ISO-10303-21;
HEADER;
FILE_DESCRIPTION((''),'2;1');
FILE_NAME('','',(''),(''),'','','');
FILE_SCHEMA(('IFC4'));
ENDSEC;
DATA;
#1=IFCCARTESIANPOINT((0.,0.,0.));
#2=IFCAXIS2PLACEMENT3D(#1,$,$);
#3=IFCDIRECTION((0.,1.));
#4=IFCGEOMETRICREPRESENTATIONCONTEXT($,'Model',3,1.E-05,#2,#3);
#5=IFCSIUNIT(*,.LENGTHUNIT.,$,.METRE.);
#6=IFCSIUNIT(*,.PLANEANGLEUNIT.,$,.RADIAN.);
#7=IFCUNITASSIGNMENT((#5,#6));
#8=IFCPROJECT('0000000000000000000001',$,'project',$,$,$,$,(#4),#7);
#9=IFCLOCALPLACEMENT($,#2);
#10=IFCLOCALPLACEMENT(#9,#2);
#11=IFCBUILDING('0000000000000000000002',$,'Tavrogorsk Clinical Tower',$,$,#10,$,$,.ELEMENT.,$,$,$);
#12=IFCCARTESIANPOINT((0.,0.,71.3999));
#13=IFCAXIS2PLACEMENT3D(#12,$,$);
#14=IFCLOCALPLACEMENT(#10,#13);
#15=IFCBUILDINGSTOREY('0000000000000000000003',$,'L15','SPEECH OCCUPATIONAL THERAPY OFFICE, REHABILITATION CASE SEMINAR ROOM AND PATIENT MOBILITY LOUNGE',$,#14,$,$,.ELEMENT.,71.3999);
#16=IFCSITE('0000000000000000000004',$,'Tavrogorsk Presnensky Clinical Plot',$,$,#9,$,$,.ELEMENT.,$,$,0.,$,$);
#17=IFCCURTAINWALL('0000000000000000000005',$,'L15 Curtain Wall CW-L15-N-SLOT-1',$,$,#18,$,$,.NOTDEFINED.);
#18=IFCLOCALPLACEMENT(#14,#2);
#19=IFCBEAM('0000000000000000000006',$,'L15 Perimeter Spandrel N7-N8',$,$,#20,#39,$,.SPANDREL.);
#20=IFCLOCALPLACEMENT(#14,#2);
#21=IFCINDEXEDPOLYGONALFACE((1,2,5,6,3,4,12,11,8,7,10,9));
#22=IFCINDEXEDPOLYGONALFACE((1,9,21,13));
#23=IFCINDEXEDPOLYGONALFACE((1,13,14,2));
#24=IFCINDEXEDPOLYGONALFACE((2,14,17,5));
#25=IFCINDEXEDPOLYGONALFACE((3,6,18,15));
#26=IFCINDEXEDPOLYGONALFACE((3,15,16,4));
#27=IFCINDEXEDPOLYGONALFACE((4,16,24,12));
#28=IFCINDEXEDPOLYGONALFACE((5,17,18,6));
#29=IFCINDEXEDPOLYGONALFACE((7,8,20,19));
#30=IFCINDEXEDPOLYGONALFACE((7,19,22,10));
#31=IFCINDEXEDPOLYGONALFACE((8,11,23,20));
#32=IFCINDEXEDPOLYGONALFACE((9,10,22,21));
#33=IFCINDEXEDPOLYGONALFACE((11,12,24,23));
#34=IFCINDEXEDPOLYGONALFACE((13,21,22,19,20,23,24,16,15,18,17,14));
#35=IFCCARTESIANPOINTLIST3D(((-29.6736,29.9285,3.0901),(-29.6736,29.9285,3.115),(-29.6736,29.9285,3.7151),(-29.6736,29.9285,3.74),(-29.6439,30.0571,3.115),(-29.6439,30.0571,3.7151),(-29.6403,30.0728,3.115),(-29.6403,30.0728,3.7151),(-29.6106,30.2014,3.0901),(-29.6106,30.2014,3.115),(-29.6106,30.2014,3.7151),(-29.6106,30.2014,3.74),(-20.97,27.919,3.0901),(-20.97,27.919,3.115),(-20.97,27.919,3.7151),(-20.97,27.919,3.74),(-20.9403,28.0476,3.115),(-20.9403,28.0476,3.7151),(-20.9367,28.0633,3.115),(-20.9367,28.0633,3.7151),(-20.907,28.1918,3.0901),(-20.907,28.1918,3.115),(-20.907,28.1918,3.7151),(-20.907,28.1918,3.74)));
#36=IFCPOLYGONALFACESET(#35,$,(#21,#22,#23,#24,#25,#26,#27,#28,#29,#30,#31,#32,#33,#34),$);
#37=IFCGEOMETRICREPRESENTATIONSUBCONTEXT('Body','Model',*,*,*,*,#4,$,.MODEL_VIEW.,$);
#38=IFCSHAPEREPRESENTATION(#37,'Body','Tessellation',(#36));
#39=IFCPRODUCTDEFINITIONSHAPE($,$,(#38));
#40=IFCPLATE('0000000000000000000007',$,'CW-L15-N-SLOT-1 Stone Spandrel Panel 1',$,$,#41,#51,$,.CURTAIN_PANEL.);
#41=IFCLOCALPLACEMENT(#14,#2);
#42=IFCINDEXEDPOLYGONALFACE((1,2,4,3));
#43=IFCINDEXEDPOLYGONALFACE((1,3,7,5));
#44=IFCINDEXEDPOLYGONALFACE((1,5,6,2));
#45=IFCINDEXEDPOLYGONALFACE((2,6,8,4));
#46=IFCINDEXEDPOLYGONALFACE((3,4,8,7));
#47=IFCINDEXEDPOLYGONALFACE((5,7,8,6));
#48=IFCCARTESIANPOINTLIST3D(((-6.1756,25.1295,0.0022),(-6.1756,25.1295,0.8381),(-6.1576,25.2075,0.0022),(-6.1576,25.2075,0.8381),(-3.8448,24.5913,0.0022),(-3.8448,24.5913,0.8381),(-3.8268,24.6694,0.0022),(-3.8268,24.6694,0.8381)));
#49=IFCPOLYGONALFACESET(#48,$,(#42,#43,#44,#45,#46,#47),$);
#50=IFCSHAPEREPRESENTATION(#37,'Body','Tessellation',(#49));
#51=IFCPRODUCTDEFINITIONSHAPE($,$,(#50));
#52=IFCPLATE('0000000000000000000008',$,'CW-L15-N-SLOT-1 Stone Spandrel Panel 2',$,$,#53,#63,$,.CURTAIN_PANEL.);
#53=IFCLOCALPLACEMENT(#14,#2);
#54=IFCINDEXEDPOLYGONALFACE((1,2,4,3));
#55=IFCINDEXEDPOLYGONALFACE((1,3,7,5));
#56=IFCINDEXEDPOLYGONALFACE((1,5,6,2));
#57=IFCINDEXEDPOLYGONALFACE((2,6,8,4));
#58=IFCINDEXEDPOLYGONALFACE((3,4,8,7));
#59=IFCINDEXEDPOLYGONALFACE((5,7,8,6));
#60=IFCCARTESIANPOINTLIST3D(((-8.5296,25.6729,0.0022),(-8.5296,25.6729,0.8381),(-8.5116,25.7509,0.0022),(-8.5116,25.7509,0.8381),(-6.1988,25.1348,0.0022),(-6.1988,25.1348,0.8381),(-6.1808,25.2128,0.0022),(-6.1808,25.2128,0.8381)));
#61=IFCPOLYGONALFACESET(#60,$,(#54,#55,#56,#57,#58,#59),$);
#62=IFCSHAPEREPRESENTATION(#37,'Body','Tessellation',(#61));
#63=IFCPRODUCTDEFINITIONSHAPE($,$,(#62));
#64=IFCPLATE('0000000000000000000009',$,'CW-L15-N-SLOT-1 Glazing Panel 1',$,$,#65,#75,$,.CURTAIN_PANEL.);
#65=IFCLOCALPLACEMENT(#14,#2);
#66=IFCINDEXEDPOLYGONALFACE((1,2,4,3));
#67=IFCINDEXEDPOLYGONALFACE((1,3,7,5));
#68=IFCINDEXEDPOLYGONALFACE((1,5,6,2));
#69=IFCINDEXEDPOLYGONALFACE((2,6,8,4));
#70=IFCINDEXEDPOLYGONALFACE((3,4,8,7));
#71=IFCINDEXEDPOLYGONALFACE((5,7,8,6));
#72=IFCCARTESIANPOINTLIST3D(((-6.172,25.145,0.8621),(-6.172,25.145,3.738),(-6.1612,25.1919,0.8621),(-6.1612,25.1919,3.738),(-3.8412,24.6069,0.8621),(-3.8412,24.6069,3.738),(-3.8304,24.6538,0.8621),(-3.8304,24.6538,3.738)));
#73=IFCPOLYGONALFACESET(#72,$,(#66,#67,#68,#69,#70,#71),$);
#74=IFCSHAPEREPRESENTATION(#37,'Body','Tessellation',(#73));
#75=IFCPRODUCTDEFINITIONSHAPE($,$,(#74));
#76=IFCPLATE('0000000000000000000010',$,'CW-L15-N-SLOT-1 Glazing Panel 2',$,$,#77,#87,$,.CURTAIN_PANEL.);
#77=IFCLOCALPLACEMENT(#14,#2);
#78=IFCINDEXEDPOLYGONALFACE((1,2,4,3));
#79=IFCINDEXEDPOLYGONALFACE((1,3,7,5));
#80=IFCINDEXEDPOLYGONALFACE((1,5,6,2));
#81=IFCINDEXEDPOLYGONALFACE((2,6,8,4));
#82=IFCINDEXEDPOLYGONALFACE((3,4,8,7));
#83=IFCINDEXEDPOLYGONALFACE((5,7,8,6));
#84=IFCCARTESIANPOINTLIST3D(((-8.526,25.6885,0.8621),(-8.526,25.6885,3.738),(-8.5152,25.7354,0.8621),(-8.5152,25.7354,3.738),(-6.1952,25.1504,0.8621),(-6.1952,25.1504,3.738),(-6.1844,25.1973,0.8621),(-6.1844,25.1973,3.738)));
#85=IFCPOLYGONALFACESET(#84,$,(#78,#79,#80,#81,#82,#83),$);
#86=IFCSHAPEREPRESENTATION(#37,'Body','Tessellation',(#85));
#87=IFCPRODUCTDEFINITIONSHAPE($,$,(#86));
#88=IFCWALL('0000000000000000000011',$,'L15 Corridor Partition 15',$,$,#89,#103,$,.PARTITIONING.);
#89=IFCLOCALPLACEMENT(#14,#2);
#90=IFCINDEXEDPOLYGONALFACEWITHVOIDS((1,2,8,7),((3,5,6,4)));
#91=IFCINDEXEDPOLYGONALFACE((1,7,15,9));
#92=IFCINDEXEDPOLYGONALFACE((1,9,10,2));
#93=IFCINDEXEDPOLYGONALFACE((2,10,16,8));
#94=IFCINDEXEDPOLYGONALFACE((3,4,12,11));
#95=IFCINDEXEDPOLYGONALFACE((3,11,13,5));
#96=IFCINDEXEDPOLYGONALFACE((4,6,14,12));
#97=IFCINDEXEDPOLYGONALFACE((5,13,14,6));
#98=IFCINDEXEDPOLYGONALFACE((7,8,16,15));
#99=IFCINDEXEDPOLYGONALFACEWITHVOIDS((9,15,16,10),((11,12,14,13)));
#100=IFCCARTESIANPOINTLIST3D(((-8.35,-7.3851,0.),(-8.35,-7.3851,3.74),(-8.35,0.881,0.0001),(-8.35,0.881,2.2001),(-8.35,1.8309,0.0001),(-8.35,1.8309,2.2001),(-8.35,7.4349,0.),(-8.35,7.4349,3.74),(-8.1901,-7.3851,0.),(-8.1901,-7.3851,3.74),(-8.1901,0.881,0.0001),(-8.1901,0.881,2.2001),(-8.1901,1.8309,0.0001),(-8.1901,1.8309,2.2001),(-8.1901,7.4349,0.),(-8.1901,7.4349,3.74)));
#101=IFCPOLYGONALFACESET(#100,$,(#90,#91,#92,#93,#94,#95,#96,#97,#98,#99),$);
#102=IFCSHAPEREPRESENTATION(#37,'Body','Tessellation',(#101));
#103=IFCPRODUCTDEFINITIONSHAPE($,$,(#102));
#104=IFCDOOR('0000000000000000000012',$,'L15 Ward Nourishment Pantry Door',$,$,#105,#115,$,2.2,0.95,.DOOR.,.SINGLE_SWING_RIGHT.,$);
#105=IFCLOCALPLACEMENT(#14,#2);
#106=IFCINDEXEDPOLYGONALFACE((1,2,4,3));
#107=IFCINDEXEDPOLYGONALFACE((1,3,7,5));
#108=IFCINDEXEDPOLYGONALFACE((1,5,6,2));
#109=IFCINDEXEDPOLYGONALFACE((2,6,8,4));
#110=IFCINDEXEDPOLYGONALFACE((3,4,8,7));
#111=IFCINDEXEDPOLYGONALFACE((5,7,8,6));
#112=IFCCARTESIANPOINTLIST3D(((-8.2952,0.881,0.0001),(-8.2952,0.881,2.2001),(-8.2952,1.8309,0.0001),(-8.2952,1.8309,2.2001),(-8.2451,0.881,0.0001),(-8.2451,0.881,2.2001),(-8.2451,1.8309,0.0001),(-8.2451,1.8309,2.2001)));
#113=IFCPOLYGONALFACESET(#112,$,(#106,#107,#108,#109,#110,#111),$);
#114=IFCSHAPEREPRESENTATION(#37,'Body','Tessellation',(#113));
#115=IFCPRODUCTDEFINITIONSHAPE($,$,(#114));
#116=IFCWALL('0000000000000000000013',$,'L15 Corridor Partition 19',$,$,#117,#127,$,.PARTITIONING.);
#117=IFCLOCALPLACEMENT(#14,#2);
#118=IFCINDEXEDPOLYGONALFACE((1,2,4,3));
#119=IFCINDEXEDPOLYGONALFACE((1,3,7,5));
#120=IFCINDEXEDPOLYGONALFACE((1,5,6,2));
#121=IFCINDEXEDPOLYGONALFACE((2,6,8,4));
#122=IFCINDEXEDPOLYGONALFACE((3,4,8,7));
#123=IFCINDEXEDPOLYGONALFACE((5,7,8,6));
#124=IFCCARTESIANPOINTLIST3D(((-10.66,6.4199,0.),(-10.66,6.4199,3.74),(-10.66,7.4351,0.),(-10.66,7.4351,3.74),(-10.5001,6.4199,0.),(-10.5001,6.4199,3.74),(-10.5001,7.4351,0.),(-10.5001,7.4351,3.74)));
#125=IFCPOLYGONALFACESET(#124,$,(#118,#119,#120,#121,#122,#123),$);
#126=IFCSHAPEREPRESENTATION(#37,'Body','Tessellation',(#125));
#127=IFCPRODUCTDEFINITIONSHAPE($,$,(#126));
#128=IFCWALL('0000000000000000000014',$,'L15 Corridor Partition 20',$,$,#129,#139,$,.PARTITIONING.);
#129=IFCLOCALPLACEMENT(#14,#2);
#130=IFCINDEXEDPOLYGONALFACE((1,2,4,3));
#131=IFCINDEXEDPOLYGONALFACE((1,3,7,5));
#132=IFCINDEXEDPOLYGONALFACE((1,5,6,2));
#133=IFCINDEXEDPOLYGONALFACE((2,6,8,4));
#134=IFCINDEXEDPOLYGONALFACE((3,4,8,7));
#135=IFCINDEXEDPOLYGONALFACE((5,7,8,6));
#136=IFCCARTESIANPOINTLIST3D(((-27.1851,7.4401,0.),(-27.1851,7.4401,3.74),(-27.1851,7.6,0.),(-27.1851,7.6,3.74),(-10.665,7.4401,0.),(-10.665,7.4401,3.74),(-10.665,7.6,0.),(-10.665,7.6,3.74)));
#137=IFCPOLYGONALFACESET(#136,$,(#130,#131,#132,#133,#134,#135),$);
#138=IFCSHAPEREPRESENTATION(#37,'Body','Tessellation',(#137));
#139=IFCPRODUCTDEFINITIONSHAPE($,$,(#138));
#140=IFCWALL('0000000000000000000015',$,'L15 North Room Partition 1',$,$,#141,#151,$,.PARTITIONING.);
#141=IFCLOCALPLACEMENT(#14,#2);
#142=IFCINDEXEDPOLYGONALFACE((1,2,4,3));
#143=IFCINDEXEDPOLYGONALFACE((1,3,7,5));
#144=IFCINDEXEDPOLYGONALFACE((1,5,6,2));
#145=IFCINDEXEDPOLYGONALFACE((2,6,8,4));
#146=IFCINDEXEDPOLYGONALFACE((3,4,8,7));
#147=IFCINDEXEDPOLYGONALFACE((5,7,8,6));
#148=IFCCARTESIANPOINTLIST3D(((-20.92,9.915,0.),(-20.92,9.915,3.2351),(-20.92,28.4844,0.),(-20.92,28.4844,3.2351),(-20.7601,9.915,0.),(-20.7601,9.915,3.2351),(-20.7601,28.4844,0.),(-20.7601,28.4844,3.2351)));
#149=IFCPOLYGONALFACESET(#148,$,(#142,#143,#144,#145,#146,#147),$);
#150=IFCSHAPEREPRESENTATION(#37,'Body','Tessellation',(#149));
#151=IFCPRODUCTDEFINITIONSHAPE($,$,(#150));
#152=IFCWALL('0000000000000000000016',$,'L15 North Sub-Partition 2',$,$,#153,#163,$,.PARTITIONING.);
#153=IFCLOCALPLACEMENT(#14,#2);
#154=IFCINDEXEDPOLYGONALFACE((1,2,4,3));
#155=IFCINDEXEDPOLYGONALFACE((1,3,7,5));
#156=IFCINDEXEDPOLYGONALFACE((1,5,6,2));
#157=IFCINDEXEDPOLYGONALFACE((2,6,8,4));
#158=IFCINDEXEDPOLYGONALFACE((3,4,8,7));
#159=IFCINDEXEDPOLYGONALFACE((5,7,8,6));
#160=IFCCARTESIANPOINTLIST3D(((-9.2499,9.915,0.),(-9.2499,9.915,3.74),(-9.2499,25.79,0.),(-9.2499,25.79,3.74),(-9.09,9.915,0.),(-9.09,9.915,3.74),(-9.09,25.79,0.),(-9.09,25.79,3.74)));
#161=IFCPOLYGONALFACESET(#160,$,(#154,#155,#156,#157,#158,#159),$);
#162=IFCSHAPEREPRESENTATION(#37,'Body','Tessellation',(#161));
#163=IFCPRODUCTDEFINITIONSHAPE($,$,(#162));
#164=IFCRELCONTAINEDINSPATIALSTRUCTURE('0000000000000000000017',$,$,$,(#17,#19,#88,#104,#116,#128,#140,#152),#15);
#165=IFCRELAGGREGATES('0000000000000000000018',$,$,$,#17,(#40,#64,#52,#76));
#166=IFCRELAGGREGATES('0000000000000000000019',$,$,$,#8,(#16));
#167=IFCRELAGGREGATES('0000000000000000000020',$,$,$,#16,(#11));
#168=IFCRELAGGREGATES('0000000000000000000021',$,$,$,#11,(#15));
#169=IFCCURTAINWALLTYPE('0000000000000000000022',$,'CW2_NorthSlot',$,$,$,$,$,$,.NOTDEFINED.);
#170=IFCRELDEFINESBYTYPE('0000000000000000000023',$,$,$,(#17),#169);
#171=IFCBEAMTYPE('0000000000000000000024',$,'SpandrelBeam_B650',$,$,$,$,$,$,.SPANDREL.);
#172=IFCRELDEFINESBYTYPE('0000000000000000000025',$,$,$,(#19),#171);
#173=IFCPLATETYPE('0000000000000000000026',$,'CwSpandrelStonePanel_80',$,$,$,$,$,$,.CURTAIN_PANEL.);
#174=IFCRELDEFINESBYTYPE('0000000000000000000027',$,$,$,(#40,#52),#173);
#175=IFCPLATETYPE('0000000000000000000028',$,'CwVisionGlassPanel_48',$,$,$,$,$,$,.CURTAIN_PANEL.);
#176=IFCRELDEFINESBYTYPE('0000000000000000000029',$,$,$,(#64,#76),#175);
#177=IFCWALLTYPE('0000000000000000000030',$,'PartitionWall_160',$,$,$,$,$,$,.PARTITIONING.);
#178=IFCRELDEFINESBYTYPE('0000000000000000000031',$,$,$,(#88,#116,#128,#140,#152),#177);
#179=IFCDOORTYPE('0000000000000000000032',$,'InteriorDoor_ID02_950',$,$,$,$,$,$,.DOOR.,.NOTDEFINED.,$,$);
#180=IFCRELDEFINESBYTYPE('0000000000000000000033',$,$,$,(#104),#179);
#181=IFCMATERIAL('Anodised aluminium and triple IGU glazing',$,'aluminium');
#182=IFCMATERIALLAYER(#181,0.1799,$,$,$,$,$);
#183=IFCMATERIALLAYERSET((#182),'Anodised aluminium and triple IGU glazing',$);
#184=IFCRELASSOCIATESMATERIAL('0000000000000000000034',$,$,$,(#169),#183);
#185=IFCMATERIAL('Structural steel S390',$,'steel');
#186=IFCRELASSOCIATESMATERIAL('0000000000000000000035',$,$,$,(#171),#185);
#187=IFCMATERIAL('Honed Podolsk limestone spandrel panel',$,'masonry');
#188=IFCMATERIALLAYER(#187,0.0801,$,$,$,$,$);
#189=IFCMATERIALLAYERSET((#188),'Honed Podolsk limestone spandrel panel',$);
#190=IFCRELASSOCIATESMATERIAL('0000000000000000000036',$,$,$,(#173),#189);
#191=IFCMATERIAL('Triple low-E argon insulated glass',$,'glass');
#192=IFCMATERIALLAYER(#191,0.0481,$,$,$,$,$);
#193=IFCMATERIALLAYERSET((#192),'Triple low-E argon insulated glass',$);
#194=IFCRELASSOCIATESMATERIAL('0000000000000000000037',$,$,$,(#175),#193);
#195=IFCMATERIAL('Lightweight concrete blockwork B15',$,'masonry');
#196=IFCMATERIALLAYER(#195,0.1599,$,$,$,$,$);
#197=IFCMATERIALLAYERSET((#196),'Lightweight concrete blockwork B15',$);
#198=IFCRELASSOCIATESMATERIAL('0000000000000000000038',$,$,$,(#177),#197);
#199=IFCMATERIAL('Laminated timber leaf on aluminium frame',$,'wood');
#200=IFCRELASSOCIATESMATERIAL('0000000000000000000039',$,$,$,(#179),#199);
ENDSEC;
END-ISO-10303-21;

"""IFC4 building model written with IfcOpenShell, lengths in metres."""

from ifc_helpers import new_model, si_unit, direction, frame, frame_2d, origin, origin_2d, place, context, subcontext, project, spatial, rectangle, i_section, extrude, material, layer, layer_set, material_profile, profile_set, type_object, element, fill, aggregate, save


model = new_model("IFC4")

# Units and contexts
model_context = context("Model", 3, precision=1e-05, world=origin(), true_north=direction((0.0, 1.0)))
body_context = subcontext(model_context, "Body", "Model", "MODEL_VIEW")
ifc_project = project(units=[si_unit("LENGTHUNIT", "METRE"), si_unit("PLANEANGLEUNIT", "RADIAN")], contexts=[model_context])

# Site, building, storey
site_placement = place(None, origin())
site = spatial("IfcSite", under=ifc_project, at=site_placement, Name="Tavrogorsk Presnensky Clinical Plot", CompositionType="ELEMENT", RefElevation=0.0)
building_placement = place(site_placement, origin())
building = spatial("IfcBuilding", under=site, at=building_placement, Name="Tavrogorsk Clinical Tower", CompositionType="ELEMENT")
storey_placement = place(building_placement, frame((0.0, 0.0, 71.3999)))
storey = spatial("IfcBuildingStorey", under=building, at=storey_placement, Name="L15", Description="SPEECH OCCUPATIONAL THERAPY OFFICE, REHABILITATION CASE SEMINAR ROOM AND PATIENT MOBILITY LOUNGE", CompositionType="ELEMENT", Elevation=71.3999)

# Curtain wall
ifc_material_1 = material(Name="Anodised aluminium and triple IGU glazing", Category="aluminium")
ifc_layer_1 = layer(ifc_material_1, 0.1799)
ifc_layer_set_1 = layer_set([ifc_layer_1], Name="Anodised aluminium and triple IGU glazing")
curtain_wall_type = type_object("IfcCurtainWallType", Name="CW2_NorthSlot", PredefinedType="NOTDEFINED", material=ifc_layer_set_1)
curtain_wall_placement = place(storey_placement, origin())
curtain_wall = element("IfcCurtainWall", 1, at=curtain_wall_placement, inside=storey, type_object=curtain_wall_type, Name="L15 Curtain Wall CW-L15-N-SLOT-1", PredefinedType="NOTDEFINED")

# Beam
ifc_material_2 = material(Name="Structural steel S390", Category="steel")
ifc_material_profile_1 = material_profile(ifc_material_2, i_section(OverallWidth=0.28, OverallDepth=0.6499, WebThickness=0.0161, FlangeThickness=0.0249, at=origin_2d()), Name="B-650x280x16x25")
ifc_profile_set_1 = profile_set([ifc_material_profile_1], Name="Structural steel S390")
beam_type_1 = type_object("IfcBeamType", Name="SpandrelBeam_B650", PredefinedType="SPANDREL", material=ifc_profile_set_1)
for number, where, z_axis, x_axis, name in (
    (2, (-20.9385, 28.0554, 3.415), (-0.974367, 0.224965, 0.0), (-0.224965, -0.974367, 0.0), "L15 Perimeter Spandrel N7-N8"),
):
    element("IfcBeam", number, at=place(storey_placement, frame(where, z_axis=z_axis, x_axis=x_axis)), inside=storey, type_object=beam_type_1, Name=name, PredefinedType="SPANDREL", context=body_context, shape_type="SweptSolid", body=[
        extrude(i_section(OverallWidth=0.28, OverallDepth=0.6499, WebThickness=0.0161, FlangeThickness=0.0249, at=origin_2d()), origin(), (0.0, 0.0, 1.0), 8.9326),
    ])

# Plates
ifc_material_3 = material(Name="Honed Podolsk limestone spandrel panel", Category="masonry")
ifc_layer_2 = layer(ifc_material_3, 0.0801)
ifc_layer_set_2 = layer_set([ifc_layer_2], Name="Honed Podolsk limestone spandrel panel")
plate_type_1 = type_object("IfcPlateType", Name="CwSpandrelStonePanel_80", PredefinedType="CURTAIN_PANEL", material=ifc_layer_set_2)
plate_1_placement = place(storey_placement, frame((-5.0012, 24.8994, 0.0022), z_axis=(0.0, 0.0, 1.0), x_axis=(-0.97437, 0.224951, 0.0)))
plate_1 = element("IfcPlate", 3, at=plate_1_placement, type_object=plate_type_1, Name="CW-L15-N-SLOT-1 Stone Spandrel Panel 1", PredefinedType="CURTAIN_PANEL", context=body_context, shape_type="SweptSolid", body=[
    extrude(rectangle(XDim=2.3921, YDim=0.0801, at=origin_2d()), origin(), (0.0, 0.0, 1.0), 0.8359),
])
plate_2_placement = place(storey_placement, frame((-7.3552, 25.4429, 0.0022), z_axis=(0.0, 0.0, 1.0), x_axis=(-0.97437, 0.224951, 0.0)))
plate_2 = element("IfcPlate", 4, at=plate_2_placement, type_object=plate_type_1, Name="CW-L15-N-SLOT-1 Stone Spandrel Panel 2", PredefinedType="CURTAIN_PANEL", context=body_context, shape_type="SweptSolid", body=[
    extrude(rectangle(XDim=2.3921, YDim=0.0801, at=origin_2d()), origin(), (0.0, 0.0, 1.0), 0.8359),
])
ifc_material_4 = material(Name="Triple low-E argon insulated glass", Category="glass")
ifc_layer_3 = layer(ifc_material_4, 0.0481)
ifc_layer_set_3 = layer_set([ifc_layer_3], Name="Triple low-E argon insulated glass")
plate_type_2 = type_object("IfcPlateType", Name="CwVisionGlassPanel_48", PredefinedType="CURTAIN_PANEL", material=ifc_layer_set_3)
plate_3_placement = place(storey_placement, frame((-5.0012, 24.8994, 0.8621), z_axis=(0.0, 0.0, 1.0), x_axis=(-0.97437, 0.224951, 0.0)))
plate_3 = element("IfcPlate", 5, at=plate_3_placement, type_object=plate_type_2, Name="CW-L15-N-SLOT-1 Glazing Panel 1", PredefinedType="CURTAIN_PANEL", context=body_context, shape_type="SweptSolid", body=[
    extrude(rectangle(XDim=2.3921, YDim=0.0481, at=origin_2d()), origin(), (0.0, 0.0, 1.0), 2.876),
])
plate_4_placement = place(storey_placement, frame((-7.3552, 25.4429, 0.8621), z_axis=(0.0, 0.0, 1.0), x_axis=(-0.97437, 0.224951, 0.0)))
plate_4 = element("IfcPlate", 6, at=plate_4_placement, type_object=plate_type_2, Name="CW-L15-N-SLOT-1 Glazing Panel 2", PredefinedType="CURTAIN_PANEL", context=body_context, shape_type="SweptSolid", body=[
    extrude(rectangle(XDim=2.3921, YDim=0.0481, at=origin_2d()), origin(), (0.0, 0.0, 1.0), 2.876),
])
aggregate(curtain_wall, [plate_1, plate_3, plate_2, plate_4])

# Wall, opening, door
ifc_material_5 = material(Name="Lightweight concrete blockwork B15", Category="masonry")
ifc_layer_4 = layer(ifc_material_5, 0.1599)
ifc_layer_set_4 = layer_set([ifc_layer_4], Name="Lightweight concrete blockwork B15")
wall_type_1 = type_object("IfcWallType", Name="PartitionWall_160", PredefinedType="PARTITIONING", material=ifc_layer_set_4)
wall_1_placement = place(storey_placement, frame((-8.27, 7.4351, 0.0), z_axis=(0.0, 0.0, 1.0), x_axis=(0.0, -1.0, 0.0)))
wall_1 = element("IfcWall", 7, at=wall_1_placement, inside=storey, type_object=wall_type_1, Name="L15 Corridor Partition 15", PredefinedType="PARTITIONING", context=body_context, shape_type="SweptSolid", body=[
    extrude(rectangle(XDim=14.8201, YDim=0.1599, at=frame_2d((7.4102, 0.0))), origin(), (0.0, 0.0, 1.0), 3.74),
])
opening_1_placement = place(wall_1_placement, frame((5.604, 0.0, 0.0)))
opening_1 = element("IfcOpeningElement", 8, at=opening_1_placement, cuts=wall_1, PredefinedType="OPENING", context=body_context, shape_type="SweptSolid", body=[
    extrude(rectangle(XDim=0.95, YDim=2.2, at=frame_2d((0.4751, 1.1001))), frame((0.0, 0.0898, 0.0), z_axis=(0.0, -1.0, 0.0), x_axis=(1.0, 0.0, 0.0)), (0.0, 0.0, 1.0), 0.1799),
])
ifc_material_6 = material(Name="Laminated timber leaf on aluminium frame", Category="wood")
door_type = type_object("IfcDoorType", Name="InteriorDoor_ID02_950", OperationType="NOTDEFINED", PredefinedType="DOOR", material=ifc_material_6)
door_placement = place(opening_1_placement, origin())
door = element("IfcDoor", 9, at=door_placement, inside=storey, type_object=door_type, Name="L15 Ward Nourishment Pantry Door", OperationType="SINGLE_SWING_RIGHT", OverallHeight=2.2, OverallWidth=0.95, PredefinedType="DOOR", context=body_context, shape_type="SweptSolid", body=[
    extrude(rectangle(XDim=0.95, YDim=2.2, at=frame_2d((0.4751, 1.1001))), frame((0.0, 0.0249, 0.0), z_axis=(0.0, -1.0, 0.0), x_axis=(1.0, 0.0, 0.0)), (0.0, 0.0, 1.0), 0.05),
])
fill(opening_1, door)

# Walls
wall_2_placement = place(storey_placement, frame((-10.5801, 6.4199, 0.0), z_axis=(0.0, 0.0, 1.0), x_axis=(0.0, 1.0, 0.0)))
element("IfcWall", 10, at=wall_2_placement, inside=storey, type_object=wall_type_1, Name="L15 Corridor Partition 19", PredefinedType="PARTITIONING", context=body_context, shape_type="SweptSolid", body=[
    extrude(rectangle(XDim=1.0151, YDim=0.1599, at=frame_2d((0.5076, 0.0))), origin(), (0.0, 0.0, 1.0), 3.74),
])
wall_3_placement = place(storey_placement, frame((-10.665, 7.52, 0.0), z_axis=(0.0, 0.0, 1.0), x_axis=(-1.0, 0.0, 0.0)))
element("IfcWall", 11, at=wall_3_placement, inside=storey, type_object=wall_type_1, Name="L15 Corridor Partition 20", PredefinedType="PARTITIONING", context=body_context, shape_type="SweptSolid", body=[
    extrude(rectangle(XDim=16.52, YDim=0.1599, at=frame_2d((8.26, 0.0))), origin(), (0.0, 0.0, 1.0), 3.74),
])
wall_4_placement = place(storey_placement, frame((-20.8401, 9.915, 0.0), z_axis=(0.0, 0.0, 1.0), x_axis=(0.0, 1.0, 0.0)))
element("IfcWall", 12, at=wall_4_placement, inside=storey, type_object=wall_type_1, Name="L15 North Room Partition 1", PredefinedType="PARTITIONING", context=body_context, shape_type="SweptSolid", body=[
    extrude(rectangle(XDim=18.5693, YDim=0.1599, at=frame_2d((9.2847, 0.0))), origin(), (0.0, 0.0, 1.0), 3.2351),
])
wall_5_placement = place(storey_placement, frame((-9.1699, 9.915, 0.0), z_axis=(0.0, 0.0, 1.0), x_axis=(0.0, 1.0, 0.0)))
element("IfcWall", 13, at=wall_5_placement, inside=storey, type_object=wall_type_1, Name="L15 North Sub-Partition 2", PredefinedType="PARTITIONING", context=body_context, shape_type="SweptSolid", body=[
    extrude(rectangle(XDim=15.875, YDim=0.1599, at=frame_2d((7.9375, 0.0))), origin(), (0.0, 0.0, 1.0), 3.74),
])

save(model, "model.ifc")
